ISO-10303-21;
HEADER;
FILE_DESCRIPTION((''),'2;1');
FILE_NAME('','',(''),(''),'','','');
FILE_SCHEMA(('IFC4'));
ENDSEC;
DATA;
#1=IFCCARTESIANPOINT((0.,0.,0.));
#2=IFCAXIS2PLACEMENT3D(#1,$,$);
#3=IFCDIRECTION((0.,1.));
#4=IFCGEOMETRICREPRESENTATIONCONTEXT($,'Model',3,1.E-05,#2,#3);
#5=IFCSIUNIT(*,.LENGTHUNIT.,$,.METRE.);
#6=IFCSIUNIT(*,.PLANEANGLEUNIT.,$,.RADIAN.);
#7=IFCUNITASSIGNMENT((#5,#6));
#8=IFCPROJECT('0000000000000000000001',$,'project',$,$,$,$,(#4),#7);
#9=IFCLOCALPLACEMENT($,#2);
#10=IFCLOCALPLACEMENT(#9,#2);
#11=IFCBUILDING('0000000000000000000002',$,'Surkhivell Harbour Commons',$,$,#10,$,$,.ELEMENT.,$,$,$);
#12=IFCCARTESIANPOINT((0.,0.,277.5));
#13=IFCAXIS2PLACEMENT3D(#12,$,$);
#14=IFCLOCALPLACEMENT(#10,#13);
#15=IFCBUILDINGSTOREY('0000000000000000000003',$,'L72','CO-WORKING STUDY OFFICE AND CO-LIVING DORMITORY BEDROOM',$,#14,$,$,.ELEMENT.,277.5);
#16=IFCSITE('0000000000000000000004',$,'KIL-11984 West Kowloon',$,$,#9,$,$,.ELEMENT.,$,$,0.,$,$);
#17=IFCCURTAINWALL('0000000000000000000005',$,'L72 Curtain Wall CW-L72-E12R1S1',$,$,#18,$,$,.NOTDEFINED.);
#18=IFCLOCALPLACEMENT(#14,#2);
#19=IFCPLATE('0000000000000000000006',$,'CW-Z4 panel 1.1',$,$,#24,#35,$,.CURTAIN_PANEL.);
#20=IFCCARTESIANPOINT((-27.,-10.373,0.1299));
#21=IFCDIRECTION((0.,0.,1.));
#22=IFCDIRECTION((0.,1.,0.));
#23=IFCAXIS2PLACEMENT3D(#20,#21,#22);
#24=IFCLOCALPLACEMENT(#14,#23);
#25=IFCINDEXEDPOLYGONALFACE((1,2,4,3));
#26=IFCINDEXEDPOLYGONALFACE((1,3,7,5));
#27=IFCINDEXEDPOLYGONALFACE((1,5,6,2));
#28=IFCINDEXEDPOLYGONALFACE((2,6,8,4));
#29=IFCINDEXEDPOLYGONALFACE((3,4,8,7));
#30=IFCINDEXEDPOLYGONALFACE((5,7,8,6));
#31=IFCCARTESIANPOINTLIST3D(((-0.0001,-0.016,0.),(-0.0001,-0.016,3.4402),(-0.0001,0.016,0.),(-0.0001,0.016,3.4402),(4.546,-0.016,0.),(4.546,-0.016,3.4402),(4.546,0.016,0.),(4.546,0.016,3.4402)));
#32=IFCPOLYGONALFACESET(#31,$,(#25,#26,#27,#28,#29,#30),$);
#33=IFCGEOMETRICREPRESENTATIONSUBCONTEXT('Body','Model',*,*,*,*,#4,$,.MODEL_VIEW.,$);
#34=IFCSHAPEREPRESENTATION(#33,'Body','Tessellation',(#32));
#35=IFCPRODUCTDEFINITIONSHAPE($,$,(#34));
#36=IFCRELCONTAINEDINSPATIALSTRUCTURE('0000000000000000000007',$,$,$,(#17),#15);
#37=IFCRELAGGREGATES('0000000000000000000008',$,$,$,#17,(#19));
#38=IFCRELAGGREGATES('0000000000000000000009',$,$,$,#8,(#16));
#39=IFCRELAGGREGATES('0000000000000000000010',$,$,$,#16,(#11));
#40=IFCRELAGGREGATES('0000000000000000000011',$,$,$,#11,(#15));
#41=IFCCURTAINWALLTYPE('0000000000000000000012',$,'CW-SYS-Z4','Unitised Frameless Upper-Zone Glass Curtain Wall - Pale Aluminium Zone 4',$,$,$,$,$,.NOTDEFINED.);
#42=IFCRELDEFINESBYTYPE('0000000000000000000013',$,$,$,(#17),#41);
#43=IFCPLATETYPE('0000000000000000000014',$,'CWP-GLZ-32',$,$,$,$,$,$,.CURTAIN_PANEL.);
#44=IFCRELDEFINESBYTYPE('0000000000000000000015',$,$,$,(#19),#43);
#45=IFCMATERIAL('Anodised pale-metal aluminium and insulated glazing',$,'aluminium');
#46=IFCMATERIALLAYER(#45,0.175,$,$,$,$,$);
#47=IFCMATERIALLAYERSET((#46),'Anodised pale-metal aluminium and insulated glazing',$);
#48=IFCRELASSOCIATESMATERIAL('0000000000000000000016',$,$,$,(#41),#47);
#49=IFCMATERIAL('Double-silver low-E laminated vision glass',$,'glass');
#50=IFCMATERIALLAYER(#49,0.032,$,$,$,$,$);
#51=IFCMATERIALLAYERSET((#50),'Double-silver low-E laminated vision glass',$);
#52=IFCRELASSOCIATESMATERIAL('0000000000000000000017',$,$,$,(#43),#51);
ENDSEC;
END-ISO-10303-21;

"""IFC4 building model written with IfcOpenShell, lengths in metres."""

from ifc_helpers import new_model, si_unit, direction, frame, frame_2d, origin, place, context, subcontext, project, spatial, rectangle, extrude, material, layer, layer_set, type_object, element, aggregate, save


model = new_model("IFC4")

# Units and contexts
model_context = context("Model", 3, precision=1e-05, world=origin(), true_north=direction((0.0, 1.0)))
body_context = subcontext(model_context, "Body", "Model", "MODEL_VIEW")
ifc_project = project(units=[si_unit("LENGTHUNIT", "METRE"), si_unit("PLANEANGLEUNIT", "RADIAN")], contexts=[model_context])

# Site, building, storey
site_placement = place(None, origin())
site = spatial("IfcSite", under=ifc_project, at=site_placement, Name="KIL-11984 West Kowloon", CompositionType="ELEMENT", RefElevation=0.0)
building_placement = place(site_placement, origin())
building = spatial("IfcBuilding", under=site, at=building_placement, Name="Surkhivell Harbour Commons", CompositionType="ELEMENT")
storey_placement = place(building_placement, frame((0.0, 0.0, 277.5)))
storey = spatial("IfcBuildingStorey", under=building, at=storey_placement, Name="L72", Description="CO-WORKING STUDY OFFICE AND CO-LIVING DORMITORY BEDROOM", CompositionType="ELEMENT", Elevation=277.5)

# Curtain wall
ifc_material_1 = material(Name="Anodised pale-metal aluminium and insulated glazing", Category="aluminium")
ifc_layer_1 = layer(ifc_material_1, 0.175)
ifc_layer_set_1 = layer_set([ifc_layer_1], Name="Anodised pale-metal aluminium and insulated glazing")
curtain_wall_type = type_object("IfcCurtainWallType", Name="CW-SYS-Z4", Description="Unitised Frameless Upper-Zone Glass Curtain Wall - Pale Aluminium Zone 4", PredefinedType="NOTDEFINED", material=ifc_layer_set_1)
curtain_wall_placement = place(storey_placement, origin())
curtain_wall = element("IfcCurtainWall", 1, at=curtain_wall_placement, inside=storey, type_object=curtain_wall_type, Name="L72 Curtain Wall CW-L72-E12R1S1", PredefinedType="NOTDEFINED")

# Plate
ifc_material_2 = material(Name="Double-silver low-E laminated vision glass", Category="glass")
ifc_layer_2 = layer(ifc_material_2, 0.032)
ifc_layer_set_2 = layer_set([ifc_layer_2], Name="Double-silver low-E laminated vision glass")
plate_type_1 = type_object("IfcPlateType", Name="CWP-GLZ-32", PredefinedType="CURTAIN_PANEL", material=ifc_layer_set_2)
plate_1_placement = place(storey_placement, frame((-27.0, -10.373, 0.1299), z_axis=(0.0, 0.0, 1.0), x_axis=(0.0, 1.0, 0.0)))
plate_1 = element("IfcPlate", 2, at=plate_1_placement, type_object=plate_type_1, Name="CW-Z4 panel 1.1", PredefinedType="CURTAIN_PANEL", context=body_context, shape_type="SweptSolid", body=[
    extrude(rectangle(XDim=4.5461, YDim=0.032, at=frame_2d((2.2729, 0.0))), origin(), (0.0, 0.0, 1.0), 3.4402),
])
aggregate(curtain_wall, [plate_1])

save(model, "model.ifc")
